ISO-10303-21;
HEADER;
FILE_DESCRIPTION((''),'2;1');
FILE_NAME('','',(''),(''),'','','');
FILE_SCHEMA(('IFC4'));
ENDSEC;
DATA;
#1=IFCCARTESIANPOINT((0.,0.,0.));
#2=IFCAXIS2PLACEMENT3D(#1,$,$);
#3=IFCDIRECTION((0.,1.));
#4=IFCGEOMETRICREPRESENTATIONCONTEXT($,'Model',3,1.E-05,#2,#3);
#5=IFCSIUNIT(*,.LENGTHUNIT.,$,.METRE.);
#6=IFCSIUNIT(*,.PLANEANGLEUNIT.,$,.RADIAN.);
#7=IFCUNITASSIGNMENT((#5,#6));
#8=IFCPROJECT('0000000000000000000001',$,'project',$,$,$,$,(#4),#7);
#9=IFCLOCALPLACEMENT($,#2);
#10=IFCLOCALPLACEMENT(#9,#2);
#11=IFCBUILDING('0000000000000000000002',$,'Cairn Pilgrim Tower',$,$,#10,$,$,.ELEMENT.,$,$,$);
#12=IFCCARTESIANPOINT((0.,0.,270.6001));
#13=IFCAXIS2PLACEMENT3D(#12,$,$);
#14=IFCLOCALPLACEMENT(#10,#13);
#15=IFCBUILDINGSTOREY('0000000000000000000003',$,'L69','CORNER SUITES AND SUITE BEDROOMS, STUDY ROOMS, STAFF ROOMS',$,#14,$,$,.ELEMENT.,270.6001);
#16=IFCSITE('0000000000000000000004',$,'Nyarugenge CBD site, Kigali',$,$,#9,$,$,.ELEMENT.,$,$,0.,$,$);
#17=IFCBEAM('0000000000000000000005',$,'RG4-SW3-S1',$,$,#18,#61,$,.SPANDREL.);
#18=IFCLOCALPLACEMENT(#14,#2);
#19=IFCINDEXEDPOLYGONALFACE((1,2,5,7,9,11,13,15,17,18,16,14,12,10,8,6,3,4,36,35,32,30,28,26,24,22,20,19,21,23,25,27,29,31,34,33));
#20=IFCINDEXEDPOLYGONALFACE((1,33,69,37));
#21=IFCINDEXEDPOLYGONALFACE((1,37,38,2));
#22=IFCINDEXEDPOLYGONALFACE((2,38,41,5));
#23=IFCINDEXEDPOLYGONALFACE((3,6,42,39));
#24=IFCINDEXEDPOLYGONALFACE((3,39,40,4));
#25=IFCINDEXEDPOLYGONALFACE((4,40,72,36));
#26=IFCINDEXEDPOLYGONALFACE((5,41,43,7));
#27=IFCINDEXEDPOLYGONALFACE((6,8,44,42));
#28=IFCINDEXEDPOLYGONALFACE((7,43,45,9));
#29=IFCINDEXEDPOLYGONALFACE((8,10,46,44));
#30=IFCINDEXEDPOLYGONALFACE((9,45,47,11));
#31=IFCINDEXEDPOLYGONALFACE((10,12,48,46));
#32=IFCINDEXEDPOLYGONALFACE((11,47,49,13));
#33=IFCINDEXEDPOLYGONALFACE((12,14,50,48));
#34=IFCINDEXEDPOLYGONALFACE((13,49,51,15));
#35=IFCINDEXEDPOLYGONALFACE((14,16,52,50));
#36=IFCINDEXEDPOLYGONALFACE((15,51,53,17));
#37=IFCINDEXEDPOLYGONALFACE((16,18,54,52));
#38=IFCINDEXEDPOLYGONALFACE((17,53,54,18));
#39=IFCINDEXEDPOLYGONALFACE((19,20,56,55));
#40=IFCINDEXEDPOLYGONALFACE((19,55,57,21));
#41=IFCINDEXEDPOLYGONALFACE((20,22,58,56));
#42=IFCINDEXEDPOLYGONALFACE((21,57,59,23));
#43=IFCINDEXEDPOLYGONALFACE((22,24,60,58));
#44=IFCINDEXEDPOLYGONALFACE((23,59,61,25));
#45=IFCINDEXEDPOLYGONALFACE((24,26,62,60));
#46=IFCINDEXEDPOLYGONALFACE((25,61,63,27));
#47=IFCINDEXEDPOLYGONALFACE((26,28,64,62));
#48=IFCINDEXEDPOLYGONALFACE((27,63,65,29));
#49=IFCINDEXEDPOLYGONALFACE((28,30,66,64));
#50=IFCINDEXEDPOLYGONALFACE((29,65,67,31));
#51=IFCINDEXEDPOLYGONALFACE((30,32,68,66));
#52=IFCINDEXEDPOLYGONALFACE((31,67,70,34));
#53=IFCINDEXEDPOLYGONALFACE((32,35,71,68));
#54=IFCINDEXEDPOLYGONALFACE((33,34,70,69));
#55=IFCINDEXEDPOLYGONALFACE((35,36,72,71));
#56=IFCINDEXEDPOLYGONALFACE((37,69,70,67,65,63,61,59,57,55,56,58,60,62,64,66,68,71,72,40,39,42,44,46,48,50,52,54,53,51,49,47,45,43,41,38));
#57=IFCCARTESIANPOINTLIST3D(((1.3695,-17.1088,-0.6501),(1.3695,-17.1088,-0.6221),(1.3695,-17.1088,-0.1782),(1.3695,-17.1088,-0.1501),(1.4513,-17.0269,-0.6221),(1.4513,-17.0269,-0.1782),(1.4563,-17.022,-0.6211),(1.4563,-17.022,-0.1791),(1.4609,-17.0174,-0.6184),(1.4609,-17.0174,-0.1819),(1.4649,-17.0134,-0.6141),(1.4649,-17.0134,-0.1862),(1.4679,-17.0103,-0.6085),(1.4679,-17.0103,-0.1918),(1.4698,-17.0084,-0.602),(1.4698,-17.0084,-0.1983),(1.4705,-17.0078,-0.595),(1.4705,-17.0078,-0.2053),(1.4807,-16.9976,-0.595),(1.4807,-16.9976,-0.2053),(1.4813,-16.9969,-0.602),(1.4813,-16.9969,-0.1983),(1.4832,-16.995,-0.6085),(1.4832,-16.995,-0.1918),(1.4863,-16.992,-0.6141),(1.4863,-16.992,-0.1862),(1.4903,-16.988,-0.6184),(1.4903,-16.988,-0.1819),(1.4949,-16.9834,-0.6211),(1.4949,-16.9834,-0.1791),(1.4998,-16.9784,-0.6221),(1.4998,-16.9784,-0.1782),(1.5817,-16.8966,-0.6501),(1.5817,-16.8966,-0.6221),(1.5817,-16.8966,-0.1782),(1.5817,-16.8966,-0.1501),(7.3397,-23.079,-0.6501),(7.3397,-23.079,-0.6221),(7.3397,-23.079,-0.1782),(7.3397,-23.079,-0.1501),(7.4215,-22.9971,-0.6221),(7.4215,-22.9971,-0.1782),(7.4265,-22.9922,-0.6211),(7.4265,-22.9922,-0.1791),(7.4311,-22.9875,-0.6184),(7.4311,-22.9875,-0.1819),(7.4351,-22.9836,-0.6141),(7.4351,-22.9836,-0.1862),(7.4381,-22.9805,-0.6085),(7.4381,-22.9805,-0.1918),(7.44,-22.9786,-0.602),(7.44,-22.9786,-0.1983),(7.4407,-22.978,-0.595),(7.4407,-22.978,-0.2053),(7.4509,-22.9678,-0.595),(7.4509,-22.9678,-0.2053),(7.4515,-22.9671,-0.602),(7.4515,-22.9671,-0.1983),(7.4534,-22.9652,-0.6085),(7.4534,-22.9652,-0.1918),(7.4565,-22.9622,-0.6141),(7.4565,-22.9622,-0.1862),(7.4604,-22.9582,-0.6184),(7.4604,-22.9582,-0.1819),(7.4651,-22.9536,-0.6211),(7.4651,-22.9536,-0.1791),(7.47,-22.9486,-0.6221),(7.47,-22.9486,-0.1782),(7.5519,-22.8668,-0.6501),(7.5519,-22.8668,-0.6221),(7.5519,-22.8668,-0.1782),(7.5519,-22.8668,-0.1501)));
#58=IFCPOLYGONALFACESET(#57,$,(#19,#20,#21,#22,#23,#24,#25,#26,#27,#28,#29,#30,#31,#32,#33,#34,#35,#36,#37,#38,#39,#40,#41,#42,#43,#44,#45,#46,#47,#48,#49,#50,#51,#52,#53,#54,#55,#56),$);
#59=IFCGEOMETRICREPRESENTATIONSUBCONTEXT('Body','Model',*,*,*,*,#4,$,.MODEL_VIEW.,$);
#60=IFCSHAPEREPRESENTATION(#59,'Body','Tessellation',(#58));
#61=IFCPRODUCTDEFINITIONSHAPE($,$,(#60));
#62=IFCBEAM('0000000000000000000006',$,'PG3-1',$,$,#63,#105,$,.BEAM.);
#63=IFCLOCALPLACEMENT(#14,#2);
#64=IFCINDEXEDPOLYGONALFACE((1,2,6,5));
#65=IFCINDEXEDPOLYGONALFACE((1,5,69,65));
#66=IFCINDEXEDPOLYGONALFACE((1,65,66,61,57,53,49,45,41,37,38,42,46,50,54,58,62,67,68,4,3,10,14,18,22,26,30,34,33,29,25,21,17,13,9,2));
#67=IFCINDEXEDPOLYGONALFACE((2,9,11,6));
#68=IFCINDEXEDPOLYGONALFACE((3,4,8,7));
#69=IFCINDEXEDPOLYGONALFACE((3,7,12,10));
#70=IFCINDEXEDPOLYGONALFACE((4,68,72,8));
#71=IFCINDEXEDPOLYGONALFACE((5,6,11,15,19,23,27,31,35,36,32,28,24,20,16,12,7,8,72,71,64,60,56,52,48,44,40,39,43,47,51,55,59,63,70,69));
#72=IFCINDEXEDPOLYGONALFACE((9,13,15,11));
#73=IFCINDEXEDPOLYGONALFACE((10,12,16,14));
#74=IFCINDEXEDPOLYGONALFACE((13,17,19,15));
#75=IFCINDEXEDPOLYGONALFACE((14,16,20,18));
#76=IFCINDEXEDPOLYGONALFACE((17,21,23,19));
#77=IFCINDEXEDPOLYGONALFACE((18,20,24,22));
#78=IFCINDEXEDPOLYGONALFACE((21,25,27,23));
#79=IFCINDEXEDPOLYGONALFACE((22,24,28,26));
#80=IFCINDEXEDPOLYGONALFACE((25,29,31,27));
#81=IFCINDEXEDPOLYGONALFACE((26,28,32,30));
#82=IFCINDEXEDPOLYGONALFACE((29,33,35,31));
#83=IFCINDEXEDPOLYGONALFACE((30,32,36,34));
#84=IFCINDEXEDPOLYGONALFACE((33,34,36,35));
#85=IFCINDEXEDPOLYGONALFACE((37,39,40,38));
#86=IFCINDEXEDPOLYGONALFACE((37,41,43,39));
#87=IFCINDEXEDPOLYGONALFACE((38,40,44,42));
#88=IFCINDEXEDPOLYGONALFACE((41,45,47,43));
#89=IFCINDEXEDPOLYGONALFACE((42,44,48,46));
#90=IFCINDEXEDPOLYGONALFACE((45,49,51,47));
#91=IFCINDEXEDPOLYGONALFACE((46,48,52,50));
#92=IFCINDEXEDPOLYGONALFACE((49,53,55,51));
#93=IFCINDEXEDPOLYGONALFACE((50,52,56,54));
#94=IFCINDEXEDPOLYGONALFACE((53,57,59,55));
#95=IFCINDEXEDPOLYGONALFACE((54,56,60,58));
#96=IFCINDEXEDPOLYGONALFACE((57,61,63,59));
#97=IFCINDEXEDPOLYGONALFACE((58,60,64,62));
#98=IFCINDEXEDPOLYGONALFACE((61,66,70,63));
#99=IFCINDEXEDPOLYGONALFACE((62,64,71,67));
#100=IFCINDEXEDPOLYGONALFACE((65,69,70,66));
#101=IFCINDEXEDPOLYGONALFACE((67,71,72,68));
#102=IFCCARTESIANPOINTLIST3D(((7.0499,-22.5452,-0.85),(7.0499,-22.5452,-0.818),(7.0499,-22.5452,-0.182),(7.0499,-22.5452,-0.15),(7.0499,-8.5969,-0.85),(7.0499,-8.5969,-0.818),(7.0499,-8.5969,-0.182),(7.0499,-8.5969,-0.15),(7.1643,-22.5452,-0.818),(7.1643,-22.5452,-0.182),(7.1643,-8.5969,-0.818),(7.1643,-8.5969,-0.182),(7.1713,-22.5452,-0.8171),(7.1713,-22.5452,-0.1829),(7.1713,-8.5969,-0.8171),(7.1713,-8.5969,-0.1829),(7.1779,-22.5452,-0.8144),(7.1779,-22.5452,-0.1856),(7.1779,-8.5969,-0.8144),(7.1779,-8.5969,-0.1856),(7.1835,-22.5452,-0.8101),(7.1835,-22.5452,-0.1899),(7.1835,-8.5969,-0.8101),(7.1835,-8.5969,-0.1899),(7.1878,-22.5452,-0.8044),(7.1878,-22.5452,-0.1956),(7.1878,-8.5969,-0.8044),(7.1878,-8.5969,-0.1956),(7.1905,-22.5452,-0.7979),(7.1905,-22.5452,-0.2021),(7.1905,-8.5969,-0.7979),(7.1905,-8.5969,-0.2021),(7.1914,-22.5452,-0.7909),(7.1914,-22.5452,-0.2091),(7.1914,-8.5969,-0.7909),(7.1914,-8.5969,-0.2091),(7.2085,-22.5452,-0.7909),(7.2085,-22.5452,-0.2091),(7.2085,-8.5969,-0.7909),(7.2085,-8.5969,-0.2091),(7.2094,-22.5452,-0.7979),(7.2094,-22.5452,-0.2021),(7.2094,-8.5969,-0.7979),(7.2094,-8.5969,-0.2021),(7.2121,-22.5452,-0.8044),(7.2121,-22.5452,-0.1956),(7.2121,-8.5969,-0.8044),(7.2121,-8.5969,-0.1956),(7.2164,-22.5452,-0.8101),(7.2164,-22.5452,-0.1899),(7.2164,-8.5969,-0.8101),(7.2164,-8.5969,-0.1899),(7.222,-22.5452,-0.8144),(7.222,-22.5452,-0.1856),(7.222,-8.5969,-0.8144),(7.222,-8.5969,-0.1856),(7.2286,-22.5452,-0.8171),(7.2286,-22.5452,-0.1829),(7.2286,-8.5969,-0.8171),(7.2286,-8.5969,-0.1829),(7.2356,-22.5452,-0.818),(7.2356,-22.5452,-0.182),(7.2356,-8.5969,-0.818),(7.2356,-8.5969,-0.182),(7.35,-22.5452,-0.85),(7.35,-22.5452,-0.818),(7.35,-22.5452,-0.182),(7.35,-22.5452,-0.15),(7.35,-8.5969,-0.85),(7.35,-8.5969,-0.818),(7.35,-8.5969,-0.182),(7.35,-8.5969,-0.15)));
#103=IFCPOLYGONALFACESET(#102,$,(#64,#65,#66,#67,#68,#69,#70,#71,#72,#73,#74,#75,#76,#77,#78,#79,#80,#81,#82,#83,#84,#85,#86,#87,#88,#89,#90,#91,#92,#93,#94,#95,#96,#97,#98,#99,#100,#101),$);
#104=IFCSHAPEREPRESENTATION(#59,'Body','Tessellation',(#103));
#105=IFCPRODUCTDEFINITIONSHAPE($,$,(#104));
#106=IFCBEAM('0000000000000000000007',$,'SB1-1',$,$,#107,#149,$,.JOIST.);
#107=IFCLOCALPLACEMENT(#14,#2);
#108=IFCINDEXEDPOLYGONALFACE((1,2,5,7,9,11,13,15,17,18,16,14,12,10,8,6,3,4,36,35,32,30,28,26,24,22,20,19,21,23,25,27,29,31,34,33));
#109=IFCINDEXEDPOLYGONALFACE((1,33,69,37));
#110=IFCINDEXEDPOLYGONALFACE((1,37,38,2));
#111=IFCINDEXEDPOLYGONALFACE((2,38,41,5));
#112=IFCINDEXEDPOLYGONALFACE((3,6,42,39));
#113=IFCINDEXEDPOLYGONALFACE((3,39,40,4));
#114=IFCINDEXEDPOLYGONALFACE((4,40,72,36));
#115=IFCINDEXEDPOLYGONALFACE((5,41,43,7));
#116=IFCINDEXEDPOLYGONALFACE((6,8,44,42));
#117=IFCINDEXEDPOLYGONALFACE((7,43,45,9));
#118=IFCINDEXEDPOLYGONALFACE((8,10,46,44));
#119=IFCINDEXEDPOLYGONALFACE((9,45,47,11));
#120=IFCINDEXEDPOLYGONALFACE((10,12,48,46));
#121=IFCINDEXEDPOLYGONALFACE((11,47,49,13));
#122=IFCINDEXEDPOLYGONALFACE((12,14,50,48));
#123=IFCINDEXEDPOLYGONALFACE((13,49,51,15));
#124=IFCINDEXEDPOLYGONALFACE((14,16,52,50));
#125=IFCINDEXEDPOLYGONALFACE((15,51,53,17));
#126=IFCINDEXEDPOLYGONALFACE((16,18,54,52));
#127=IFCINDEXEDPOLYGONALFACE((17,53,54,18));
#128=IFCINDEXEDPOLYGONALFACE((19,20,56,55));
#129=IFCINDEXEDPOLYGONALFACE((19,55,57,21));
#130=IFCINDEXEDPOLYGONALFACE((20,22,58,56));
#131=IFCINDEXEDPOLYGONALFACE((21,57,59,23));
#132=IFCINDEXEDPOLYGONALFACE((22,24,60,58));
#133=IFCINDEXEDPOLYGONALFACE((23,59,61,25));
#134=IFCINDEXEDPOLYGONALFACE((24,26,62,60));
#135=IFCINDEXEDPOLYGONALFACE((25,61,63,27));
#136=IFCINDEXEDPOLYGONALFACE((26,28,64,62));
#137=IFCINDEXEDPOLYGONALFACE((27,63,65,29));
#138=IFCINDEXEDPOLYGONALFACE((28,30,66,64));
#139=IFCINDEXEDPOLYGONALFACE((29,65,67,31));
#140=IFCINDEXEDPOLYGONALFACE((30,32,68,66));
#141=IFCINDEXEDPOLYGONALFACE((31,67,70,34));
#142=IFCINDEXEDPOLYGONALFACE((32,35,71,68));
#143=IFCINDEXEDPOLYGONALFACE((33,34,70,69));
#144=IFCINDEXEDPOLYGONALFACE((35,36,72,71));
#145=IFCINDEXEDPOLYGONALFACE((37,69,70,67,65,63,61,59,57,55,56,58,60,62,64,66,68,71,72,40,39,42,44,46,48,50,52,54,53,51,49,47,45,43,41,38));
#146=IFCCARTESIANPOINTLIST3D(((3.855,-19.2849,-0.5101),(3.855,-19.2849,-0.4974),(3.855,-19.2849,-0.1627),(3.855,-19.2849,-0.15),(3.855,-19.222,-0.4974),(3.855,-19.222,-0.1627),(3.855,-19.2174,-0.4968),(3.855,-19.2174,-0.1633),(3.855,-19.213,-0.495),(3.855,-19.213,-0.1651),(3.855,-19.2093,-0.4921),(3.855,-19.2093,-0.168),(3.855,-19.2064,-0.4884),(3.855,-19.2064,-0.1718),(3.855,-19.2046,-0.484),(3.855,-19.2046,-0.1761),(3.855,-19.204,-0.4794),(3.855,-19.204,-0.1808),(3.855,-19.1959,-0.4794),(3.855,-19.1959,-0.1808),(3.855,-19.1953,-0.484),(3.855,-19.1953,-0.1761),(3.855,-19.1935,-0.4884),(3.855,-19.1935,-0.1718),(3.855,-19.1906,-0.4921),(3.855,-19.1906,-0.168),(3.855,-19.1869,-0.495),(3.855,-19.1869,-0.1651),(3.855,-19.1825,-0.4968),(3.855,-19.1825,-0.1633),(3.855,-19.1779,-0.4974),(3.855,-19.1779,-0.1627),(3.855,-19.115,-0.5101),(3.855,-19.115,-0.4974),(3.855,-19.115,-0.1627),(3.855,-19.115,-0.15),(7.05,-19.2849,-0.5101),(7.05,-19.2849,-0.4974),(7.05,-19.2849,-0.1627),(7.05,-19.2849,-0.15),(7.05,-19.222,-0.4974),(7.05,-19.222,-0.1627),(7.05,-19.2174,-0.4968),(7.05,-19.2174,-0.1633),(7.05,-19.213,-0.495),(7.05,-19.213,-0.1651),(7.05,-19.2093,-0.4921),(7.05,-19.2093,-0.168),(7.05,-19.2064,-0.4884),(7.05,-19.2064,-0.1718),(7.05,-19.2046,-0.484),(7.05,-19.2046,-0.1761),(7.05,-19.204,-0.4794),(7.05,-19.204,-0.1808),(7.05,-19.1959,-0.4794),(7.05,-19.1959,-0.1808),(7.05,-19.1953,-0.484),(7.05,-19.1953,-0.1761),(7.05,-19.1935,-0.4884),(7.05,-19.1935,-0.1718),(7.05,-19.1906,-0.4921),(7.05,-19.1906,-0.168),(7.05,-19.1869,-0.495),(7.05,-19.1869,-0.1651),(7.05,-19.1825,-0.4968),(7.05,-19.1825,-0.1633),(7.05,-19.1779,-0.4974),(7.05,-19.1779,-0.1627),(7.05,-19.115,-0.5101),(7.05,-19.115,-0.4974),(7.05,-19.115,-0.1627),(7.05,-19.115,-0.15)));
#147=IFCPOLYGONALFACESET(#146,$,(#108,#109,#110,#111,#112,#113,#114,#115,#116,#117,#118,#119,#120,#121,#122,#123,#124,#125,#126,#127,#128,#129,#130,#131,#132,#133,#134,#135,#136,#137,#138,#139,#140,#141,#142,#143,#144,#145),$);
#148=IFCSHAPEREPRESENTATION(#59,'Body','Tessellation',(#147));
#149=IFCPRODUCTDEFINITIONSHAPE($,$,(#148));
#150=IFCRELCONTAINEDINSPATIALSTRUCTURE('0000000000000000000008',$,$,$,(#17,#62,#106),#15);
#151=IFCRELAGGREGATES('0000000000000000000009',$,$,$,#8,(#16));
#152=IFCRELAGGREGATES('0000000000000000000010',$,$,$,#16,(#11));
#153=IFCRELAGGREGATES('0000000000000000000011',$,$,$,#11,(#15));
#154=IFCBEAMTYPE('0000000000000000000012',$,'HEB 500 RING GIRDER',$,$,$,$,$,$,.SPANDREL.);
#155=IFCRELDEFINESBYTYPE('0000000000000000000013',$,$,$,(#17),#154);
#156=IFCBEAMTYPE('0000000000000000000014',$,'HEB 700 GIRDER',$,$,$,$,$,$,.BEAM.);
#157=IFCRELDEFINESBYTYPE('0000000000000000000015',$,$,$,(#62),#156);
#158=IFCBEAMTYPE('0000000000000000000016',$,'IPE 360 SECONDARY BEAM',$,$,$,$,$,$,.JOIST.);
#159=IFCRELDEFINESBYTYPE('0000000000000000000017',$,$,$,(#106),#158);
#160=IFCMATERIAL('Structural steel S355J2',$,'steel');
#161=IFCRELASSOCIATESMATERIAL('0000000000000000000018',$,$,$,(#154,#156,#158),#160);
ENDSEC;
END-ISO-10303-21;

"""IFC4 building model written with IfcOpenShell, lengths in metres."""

from ifc_helpers import new_model, si_unit, direction, frame, origin, origin_2d, place, context, subcontext, project, spatial, i_section, extrude, material, material_profile, profile_set, type_object, element, save


model = new_model("IFC4")

# Units and contexts
model_context = context("Model", 3, precision=1e-05, world=origin(), true_north=direction((0.0, 1.0)))
body_context = subcontext(model_context, "Body", "Model", "MODEL_VIEW")
ifc_project = project(units=[si_unit("LENGTHUNIT", "METRE"), si_unit("PLANEANGLEUNIT", "RADIAN")], contexts=[model_context])

# Site, building, storey
site_placement = place(None, origin())
site = spatial("IfcSite", under=ifc_project, at=site_placement, Name="Nyarugenge CBD site, Kigali", CompositionType="ELEMENT", RefElevation=0.0)
building_placement = place(site_placement, origin())
building = spatial("IfcBuilding", under=site, at=building_placement, Name="Cairn Pilgrim Tower", CompositionType="ELEMENT")
storey_placement = place(building_placement, frame((0.0, 0.0, 270.6001)))
storey = spatial("IfcBuildingStorey", under=building, at=storey_placement, Name="L69", Description="CORNER SUITES AND SUITE BEDROOMS, STUDY ROOMS, STAFF ROOMS", CompositionType="ELEMENT", Elevation=270.6001)

# Shared definitions
ifc_material_1 = material(Name="Structural steel S355J2", Category="steel")

# Beams
ifc_material_profile_1 = material_profile(ifc_material_1, i_section(OverallWidth=0.3, OverallDepth=0.5, WebThickness=0.0144, FlangeThickness=0.0281, FilletRadius=0.0271, at=origin_2d()), Name="HEB 500")
ifc_profile_set_1 = profile_set([ifc_material_profile_1], Name="Structural steel S355J2")
beam_type_1 = type_object("IfcBeamType", Name="HEB 500 RING GIRDER", PredefinedType="SPANDREL", material=ifc_profile_set_1)
beam_1_placement = place(storey_placement, frame((1.4756, -17.0027, -0.4001), z_axis=(0.707107, -0.707107, 0.0), x_axis=(0.707107, 0.707107, 0.0)))
element("IfcBeam", 1, at=beam_1_placement, inside=storey, type_object=beam_type_1, Name="RG4-SW3-S1", PredefinedType="SPANDREL", context=body_context, shape_type="SweptSolid", body=[
    extrude(i_section(OverallWidth=0.3, OverallDepth=0.5, WebThickness=0.0144, FlangeThickness=0.0281, FilletRadius=0.0271, at=origin_2d()), origin(), (0.0, 0.0, 1.0), 8.4431),
])
ifc_material_profile_2 = material_profile(ifc_material_1, i_section(OverallWidth=0.3, OverallDepth=0.7, WebThickness=0.0171, FlangeThickness=0.032, FilletRadius=0.0271, at=origin_2d()), Name="HEB 700")
ifc_profile_set_2 = profile_set([ifc_material_profile_2], Name="Structural steel S355J2")
beam_type_2 = type_object("IfcBeamType", Name="HEB 700 GIRDER", PredefinedType="BEAM", material=ifc_profile_set_2)
beam_2_placement = place(storey_placement, frame((7.2, -22.5452, -0.5), z_axis=(0.0, 1.0, 0.0), x_axis=(-1.0, 0.0, 0.0)))
element("IfcBeam", 2, at=beam_2_placement, inside=storey, type_object=beam_type_2, Name="PG3-1", PredefinedType="BEAM", context=body_context, shape_type="SweptSolid", body=[
    extrude(i_section(OverallWidth=0.3, OverallDepth=0.7, WebThickness=0.0171, FlangeThickness=0.032, FilletRadius=0.0271, at=origin_2d()), origin(), (0.0, 0.0, 1.0), 13.9482),
])
ifc_material_profile_3 = material_profile(ifc_material_1, i_section(OverallWidth=0.1699, OverallDepth=0.3601, WebThickness=0.0081, FlangeThickness=0.0127, FilletRadius=0.0181, at=origin_2d()), Name="IPE 360")
ifc_profile_set_3 = profile_set([ifc_material_profile_3], Name="Structural steel S355J2")
beam_type_3 = type_object("IfcBeamType", Name="IPE 360 SECONDARY BEAM", PredefinedType="JOIST", material=ifc_profile_set_3)
beam_3_placement = place(storey_placement, frame((3.855, -19.2, -0.3301), z_axis=(1.0, 0.0, 0.0), x_axis=(0.0, 1.0, 0.0)))
element("IfcBeam", 3, at=beam_3_placement, inside=storey, type_object=beam_type_3, Name="SB1-1", PredefinedType="JOIST", context=body_context, shape_type="SweptSolid", body=[
    extrude(i_section(OverallWidth=0.1699, OverallDepth=0.3601, WebThickness=0.0081, FlangeThickness=0.0127, FilletRadius=0.0181, at=origin_2d()), origin(), (0.0, 0.0, 1.0), 3.1951),
])

save(model, "model.ifc")
